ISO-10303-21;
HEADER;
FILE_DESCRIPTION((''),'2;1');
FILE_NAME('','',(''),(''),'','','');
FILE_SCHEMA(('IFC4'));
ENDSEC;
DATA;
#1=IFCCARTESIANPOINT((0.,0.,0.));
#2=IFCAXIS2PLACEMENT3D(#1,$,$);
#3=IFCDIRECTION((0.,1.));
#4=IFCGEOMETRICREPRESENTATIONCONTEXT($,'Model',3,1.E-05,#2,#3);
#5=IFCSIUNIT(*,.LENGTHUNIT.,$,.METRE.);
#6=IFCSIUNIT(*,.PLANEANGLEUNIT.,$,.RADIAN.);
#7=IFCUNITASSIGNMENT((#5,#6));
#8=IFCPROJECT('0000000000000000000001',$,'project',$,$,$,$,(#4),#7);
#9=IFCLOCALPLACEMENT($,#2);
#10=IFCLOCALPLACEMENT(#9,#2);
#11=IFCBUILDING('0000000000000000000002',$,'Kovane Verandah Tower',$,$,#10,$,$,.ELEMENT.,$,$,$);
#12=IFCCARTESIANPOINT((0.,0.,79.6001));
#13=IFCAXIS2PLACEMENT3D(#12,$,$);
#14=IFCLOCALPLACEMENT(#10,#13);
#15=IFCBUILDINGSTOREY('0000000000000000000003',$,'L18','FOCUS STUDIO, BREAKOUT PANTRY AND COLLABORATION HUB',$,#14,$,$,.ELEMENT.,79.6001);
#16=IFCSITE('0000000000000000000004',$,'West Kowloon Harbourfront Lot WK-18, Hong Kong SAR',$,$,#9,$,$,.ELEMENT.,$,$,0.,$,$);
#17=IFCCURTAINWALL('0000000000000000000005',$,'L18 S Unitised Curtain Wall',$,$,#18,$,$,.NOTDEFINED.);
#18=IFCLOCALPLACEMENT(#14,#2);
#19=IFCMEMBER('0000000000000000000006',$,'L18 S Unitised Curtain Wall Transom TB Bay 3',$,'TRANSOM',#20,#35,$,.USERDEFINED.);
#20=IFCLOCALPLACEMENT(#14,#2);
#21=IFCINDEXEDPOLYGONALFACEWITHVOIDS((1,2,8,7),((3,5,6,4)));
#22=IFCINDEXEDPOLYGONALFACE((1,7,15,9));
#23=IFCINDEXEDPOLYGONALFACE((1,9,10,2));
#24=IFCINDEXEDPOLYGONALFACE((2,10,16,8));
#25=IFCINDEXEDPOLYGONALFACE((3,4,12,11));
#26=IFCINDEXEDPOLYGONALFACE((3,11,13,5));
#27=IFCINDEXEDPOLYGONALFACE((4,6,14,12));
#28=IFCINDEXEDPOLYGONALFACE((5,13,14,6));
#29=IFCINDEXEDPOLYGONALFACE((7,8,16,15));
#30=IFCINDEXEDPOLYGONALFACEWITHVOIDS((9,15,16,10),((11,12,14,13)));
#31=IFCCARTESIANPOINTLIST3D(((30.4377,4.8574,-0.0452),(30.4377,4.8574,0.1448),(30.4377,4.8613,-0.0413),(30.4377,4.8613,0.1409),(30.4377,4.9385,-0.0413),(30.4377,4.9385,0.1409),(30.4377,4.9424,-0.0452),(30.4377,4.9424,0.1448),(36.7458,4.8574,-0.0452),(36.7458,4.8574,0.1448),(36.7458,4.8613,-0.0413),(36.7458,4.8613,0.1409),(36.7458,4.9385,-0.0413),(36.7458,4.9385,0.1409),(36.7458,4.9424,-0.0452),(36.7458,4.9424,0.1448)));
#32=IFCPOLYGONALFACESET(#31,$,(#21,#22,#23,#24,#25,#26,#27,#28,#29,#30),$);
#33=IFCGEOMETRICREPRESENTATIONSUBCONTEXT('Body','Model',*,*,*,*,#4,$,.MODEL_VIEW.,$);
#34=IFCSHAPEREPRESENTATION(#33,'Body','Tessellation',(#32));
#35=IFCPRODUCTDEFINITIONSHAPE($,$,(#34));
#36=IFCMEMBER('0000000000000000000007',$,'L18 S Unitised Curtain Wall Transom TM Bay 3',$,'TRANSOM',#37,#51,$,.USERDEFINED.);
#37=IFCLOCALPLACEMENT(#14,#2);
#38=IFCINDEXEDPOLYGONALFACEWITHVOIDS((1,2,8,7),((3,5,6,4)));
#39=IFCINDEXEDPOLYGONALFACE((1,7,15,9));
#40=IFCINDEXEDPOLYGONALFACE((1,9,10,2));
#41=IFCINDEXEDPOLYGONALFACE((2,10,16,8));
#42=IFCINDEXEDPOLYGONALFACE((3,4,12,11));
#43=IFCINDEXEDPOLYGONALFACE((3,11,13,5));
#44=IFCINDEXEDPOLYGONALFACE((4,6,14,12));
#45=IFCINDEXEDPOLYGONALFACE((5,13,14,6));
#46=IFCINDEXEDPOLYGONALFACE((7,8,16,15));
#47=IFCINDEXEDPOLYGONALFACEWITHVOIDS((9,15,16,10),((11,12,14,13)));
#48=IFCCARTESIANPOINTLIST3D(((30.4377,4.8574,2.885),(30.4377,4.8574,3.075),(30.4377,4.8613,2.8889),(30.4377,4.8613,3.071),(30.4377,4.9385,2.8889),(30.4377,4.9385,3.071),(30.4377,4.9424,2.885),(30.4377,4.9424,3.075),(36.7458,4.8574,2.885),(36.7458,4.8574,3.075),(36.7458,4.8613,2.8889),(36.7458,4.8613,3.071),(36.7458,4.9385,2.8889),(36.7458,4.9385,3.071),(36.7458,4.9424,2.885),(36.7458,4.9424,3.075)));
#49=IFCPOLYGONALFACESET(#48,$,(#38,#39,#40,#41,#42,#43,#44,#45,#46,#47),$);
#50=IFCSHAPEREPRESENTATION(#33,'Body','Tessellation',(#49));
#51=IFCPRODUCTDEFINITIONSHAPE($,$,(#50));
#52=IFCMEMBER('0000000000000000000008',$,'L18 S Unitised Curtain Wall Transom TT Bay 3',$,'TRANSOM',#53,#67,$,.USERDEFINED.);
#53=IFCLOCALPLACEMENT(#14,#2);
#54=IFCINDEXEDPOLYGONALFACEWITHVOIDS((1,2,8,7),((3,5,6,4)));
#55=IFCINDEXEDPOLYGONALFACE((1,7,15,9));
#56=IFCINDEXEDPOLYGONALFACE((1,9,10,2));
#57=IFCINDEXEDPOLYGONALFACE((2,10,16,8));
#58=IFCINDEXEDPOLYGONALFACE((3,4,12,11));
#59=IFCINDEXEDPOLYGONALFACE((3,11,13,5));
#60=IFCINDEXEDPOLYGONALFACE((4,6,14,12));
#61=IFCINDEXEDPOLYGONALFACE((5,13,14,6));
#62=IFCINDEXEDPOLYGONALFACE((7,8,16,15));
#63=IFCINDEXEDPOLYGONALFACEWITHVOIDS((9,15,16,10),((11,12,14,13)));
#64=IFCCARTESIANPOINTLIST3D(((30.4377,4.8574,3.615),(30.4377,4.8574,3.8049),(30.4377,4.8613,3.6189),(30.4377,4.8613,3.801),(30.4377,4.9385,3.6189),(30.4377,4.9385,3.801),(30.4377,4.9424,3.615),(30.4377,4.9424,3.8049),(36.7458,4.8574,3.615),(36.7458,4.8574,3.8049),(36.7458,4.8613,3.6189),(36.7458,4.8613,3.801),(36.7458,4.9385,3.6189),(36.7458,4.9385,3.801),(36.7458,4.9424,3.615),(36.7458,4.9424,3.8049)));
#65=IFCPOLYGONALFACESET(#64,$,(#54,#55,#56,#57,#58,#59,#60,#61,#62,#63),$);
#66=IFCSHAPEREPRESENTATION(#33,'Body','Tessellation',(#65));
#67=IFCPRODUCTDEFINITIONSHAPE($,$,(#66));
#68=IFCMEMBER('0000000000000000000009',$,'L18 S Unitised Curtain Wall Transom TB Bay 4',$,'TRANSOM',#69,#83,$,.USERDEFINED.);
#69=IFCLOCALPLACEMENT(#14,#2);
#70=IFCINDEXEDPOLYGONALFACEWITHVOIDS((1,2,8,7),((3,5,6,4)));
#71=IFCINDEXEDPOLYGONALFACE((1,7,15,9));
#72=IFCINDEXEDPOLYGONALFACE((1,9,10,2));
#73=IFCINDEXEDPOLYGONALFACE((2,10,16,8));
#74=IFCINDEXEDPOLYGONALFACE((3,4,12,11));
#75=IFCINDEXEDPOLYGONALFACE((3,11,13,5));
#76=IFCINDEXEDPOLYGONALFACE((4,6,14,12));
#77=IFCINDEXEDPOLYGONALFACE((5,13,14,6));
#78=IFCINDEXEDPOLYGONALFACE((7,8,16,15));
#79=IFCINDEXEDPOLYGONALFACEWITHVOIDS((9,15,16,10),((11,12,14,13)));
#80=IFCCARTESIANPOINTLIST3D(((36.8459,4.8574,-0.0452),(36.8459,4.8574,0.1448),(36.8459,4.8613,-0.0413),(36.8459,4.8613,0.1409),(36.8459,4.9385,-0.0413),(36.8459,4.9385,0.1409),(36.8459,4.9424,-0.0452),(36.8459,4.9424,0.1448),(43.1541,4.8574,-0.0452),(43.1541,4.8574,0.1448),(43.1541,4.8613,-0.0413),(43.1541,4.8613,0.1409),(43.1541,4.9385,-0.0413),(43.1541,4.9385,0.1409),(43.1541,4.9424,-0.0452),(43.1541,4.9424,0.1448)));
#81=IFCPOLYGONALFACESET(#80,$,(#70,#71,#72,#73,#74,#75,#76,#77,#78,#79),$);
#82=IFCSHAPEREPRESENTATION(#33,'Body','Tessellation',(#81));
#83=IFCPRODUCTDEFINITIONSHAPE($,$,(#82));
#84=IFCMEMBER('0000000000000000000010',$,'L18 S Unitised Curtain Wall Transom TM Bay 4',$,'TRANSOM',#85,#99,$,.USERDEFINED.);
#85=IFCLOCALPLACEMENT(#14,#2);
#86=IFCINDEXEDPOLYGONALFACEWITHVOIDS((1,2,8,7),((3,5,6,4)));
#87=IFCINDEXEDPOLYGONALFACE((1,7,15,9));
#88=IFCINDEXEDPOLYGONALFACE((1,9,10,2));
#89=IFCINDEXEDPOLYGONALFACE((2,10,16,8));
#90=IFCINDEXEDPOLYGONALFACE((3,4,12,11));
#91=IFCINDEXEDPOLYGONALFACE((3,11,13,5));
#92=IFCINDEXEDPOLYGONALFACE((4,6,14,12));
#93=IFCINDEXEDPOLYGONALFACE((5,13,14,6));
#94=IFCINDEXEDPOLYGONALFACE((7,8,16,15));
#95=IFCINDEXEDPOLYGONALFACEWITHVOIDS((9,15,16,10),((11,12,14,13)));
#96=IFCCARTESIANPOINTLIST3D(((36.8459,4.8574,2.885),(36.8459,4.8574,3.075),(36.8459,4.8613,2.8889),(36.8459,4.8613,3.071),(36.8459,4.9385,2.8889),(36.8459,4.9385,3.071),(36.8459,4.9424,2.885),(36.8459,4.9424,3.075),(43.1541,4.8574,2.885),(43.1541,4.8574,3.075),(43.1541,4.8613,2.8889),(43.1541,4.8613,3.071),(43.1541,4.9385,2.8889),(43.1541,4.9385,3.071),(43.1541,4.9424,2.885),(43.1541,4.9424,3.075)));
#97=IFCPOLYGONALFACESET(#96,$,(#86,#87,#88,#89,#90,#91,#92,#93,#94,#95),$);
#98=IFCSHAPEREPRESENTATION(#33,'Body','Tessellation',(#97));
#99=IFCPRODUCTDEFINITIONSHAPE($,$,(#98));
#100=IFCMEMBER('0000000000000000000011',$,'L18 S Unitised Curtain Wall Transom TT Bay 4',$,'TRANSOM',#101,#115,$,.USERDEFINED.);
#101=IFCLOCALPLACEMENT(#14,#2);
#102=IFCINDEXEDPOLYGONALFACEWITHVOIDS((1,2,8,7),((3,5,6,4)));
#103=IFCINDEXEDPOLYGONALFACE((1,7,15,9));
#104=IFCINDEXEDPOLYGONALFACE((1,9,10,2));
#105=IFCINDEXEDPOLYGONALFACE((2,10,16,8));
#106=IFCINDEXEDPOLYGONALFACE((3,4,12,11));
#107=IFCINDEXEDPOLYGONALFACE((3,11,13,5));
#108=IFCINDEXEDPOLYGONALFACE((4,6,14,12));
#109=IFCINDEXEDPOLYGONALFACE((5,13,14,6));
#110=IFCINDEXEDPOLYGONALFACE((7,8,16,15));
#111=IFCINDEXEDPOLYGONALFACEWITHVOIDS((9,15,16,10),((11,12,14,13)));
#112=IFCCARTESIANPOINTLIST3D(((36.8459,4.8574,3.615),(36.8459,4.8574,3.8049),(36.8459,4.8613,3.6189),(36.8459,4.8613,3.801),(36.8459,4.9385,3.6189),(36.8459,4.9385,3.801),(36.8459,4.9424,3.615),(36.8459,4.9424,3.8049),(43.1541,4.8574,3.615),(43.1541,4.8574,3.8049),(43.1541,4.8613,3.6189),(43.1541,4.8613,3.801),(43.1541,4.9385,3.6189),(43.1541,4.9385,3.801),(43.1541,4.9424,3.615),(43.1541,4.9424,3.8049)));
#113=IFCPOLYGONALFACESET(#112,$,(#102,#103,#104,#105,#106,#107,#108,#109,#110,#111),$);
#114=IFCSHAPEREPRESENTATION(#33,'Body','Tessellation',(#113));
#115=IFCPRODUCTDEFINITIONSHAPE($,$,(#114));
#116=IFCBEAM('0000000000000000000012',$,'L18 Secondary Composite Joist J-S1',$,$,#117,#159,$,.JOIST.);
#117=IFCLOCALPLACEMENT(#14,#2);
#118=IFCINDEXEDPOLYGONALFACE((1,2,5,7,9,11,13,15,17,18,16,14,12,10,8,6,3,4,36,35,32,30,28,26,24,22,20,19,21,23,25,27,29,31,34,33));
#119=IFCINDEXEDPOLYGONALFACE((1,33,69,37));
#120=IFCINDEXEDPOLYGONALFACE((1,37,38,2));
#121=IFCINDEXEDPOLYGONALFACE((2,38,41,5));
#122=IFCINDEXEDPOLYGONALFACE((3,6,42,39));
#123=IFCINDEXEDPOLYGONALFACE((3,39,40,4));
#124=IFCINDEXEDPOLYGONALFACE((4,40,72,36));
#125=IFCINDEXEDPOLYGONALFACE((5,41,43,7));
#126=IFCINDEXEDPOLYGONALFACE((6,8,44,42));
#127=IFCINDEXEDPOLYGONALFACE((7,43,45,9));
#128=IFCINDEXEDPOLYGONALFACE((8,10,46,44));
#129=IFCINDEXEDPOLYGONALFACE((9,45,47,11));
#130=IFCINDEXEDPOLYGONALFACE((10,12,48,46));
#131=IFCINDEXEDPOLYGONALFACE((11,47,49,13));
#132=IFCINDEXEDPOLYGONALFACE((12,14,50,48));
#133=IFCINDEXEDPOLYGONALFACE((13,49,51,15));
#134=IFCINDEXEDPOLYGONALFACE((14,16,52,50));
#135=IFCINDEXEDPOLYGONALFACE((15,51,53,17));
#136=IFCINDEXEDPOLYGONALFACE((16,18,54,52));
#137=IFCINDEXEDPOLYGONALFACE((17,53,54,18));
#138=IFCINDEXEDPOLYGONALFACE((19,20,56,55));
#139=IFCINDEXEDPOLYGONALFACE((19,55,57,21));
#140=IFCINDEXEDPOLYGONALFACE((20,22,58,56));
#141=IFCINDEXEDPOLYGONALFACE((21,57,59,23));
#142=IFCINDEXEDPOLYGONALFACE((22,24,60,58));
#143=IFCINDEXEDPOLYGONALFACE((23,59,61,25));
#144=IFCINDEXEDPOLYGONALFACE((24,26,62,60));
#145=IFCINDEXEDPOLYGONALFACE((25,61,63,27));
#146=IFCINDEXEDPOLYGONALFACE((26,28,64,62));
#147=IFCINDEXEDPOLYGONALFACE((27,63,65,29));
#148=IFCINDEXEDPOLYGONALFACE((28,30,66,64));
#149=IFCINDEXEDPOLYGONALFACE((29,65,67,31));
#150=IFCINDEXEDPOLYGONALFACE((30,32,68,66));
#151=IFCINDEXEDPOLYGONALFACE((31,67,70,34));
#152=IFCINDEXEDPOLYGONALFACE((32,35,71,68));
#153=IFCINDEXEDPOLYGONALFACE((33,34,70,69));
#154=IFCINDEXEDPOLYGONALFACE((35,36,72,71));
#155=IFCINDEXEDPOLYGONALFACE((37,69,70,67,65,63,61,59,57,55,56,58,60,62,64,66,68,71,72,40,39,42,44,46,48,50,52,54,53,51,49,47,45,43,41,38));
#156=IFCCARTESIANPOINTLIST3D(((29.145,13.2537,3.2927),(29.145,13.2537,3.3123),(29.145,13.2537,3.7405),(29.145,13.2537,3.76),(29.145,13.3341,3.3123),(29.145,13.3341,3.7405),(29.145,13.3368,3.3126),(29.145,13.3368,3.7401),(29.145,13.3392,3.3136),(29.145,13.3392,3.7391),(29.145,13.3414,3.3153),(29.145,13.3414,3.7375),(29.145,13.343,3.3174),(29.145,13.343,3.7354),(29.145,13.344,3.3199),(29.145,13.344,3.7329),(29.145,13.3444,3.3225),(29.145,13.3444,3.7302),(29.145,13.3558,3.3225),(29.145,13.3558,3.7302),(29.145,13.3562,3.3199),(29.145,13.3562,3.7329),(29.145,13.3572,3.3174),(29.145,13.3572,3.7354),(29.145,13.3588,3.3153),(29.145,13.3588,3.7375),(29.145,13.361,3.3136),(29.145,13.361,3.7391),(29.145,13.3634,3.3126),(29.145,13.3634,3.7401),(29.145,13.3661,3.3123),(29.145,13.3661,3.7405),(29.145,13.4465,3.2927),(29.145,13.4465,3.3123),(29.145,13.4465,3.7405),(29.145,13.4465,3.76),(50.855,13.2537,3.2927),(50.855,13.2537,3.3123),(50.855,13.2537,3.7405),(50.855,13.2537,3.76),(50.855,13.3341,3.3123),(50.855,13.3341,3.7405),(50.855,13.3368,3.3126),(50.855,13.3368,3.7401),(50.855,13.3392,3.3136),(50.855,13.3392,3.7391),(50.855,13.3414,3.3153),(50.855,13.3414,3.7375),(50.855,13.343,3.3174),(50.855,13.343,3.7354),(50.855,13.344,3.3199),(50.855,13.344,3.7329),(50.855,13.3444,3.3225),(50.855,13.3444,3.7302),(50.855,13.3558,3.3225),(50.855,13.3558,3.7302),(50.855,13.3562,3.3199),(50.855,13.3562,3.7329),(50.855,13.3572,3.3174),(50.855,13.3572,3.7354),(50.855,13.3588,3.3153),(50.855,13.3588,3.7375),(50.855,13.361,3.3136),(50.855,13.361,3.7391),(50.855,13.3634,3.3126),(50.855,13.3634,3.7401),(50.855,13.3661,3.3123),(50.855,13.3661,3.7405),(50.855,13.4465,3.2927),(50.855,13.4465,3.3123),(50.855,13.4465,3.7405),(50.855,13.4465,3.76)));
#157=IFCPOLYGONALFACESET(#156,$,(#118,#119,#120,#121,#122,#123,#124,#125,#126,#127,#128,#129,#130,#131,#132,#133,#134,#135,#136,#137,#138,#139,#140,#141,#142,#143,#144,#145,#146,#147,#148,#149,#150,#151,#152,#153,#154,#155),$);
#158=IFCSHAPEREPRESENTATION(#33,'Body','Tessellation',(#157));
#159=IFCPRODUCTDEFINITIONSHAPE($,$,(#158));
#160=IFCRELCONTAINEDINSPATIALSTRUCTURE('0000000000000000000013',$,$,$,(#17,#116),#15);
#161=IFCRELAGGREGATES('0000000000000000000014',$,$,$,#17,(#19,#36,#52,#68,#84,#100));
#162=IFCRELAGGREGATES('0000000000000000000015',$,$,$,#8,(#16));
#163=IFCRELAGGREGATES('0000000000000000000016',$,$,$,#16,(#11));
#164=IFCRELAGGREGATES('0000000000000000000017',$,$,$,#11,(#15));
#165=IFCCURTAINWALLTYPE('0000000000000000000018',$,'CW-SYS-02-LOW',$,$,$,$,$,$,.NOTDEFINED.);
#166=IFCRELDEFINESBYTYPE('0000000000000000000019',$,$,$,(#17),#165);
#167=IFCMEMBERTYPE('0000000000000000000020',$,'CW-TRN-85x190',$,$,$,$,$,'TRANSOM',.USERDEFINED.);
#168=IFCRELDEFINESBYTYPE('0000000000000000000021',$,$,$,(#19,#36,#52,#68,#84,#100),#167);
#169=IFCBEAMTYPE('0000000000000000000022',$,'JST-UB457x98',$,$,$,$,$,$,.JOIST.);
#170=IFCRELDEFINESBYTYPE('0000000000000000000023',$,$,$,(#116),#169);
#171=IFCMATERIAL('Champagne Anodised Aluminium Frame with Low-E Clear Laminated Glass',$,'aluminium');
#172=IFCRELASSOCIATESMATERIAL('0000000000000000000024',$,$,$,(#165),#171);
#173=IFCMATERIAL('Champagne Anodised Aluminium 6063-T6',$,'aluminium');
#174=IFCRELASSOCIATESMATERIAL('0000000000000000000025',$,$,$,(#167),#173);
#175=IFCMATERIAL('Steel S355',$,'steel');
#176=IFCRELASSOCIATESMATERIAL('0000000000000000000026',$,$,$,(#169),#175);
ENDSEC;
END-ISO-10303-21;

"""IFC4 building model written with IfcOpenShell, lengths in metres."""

from ifc_helpers import new_model, si_unit, direction, frame, origin, origin_2d, place, context, subcontext, project, spatial, hollow_rectangle, i_section, extrude, material, material_profile, profile_set, type_object, element, aggregate, save


model = new_model("IFC4")

# Units and contexts
model_context = context("Model", 3, precision=1e-05, world=origin(), true_north=direction((0.0, 1.0)))
body_context = subcontext(model_context, "Body", "Model", "MODEL_VIEW")
ifc_project = project(units=[si_unit("LENGTHUNIT", "METRE"), si_unit("PLANEANGLEUNIT", "RADIAN")], contexts=[model_context])

# Site, building, storey
site_placement = place(None, origin())
site = spatial("IfcSite", under=ifc_project, at=site_placement, Name="West Kowloon Harbourfront Lot WK-18, Hong Kong SAR", CompositionType="ELEMENT", RefElevation=0.0)
building_placement = place(site_placement, origin())
building = spatial("IfcBuilding", under=site, at=building_placement, Name="Kovane Verandah Tower", CompositionType="ELEMENT")
storey_placement = place(building_placement, frame((0.0, 0.0, 79.6001)))
storey = spatial("IfcBuildingStorey", under=building, at=storey_placement, Name="L18", Description="FOCUS STUDIO, BREAKOUT PANTRY AND COLLABORATION HUB", CompositionType="ELEMENT", Elevation=79.6001)

# Shared definitions
ifc_material_1 = material(Name="Steel S355", Category="steel")

# Curtain wall, members
ifc_material_2 = material(Name="Champagne Anodised Aluminium Frame with Low-E Clear Laminated Glass", Category="aluminium")
curtain_wall_type = type_object("IfcCurtainWallType", Name="CW-SYS-02-LOW", PredefinedType="NOTDEFINED", material=ifc_material_2)
curtain_wall_placement = place(storey_placement, origin())
curtain_wall = element("IfcCurtainWall", 1, at=curtain_wall_placement, inside=storey, type_object=curtain_wall_type, Name="L18 S Unitised Curtain Wall", PredefinedType="NOTDEFINED")
ifc_material_3 = material(Name="Champagne Anodised Aluminium 6063-T6", Category="aluminium")
ifc_material_profile_1 = material_profile(ifc_material_3, hollow_rectangle(XDim=0.085, YDim=0.1899, WallThickness=0.0039, at=origin_2d()), Name="AL85x190x4")
ifc_profile_set_1 = profile_set([ifc_material_profile_1], Name="Champagne Anodised Aluminium 6063-T6")
member_type_1 = type_object("IfcMemberType", Name="CW-TRN-85x190", ElementType="TRANSOM", PredefinedType="USERDEFINED", material=ifc_profile_set_1)
member_1_placement = place(storey_placement, frame((30.4377, 4.8999, 0.0498), z_axis=(1.0, 0.0, 0.0), x_axis=(0.0, 1.0, 0.0)))
member_1 = element("IfcMember", 2, at=member_1_placement, type_object=member_type_1, Name="L18 S Unitised Curtain Wall Transom TB Bay 3", ObjectType="TRANSOM", PredefinedType="USERDEFINED", context=body_context, shape_type="SweptSolid", body=[
    extrude(hollow_rectangle(XDim=0.085, YDim=0.1899, WallThickness=0.0039, at=origin_2d()), origin(), (0.0, 0.0, 1.0), 6.3081),
])
member_2_placement = place(storey_placement, frame((30.4377, 4.8999, 2.98), z_axis=(1.0, 0.0, 0.0), x_axis=(0.0, 1.0, 0.0)))
member_2 = element("IfcMember", 3, at=member_2_placement, type_object=member_type_1, Name="L18 S Unitised Curtain Wall Transom TM Bay 3", ObjectType="TRANSOM", PredefinedType="USERDEFINED", context=body_context, shape_type="SweptSolid", body=[
    extrude(hollow_rectangle(XDim=0.085, YDim=0.1899, WallThickness=0.0039, at=origin_2d()), origin(), (0.0, 0.0, 1.0), 6.3081),
])
member_3_placement = place(storey_placement, frame((30.4377, 4.8999, 3.71), z_axis=(1.0, 0.0, 0.0), x_axis=(0.0, 1.0, 0.0)))
member_3 = element("IfcMember", 4, at=member_3_placement, type_object=member_type_1, Name="L18 S Unitised Curtain Wall Transom TT Bay 3", ObjectType="TRANSOM", PredefinedType="USERDEFINED", context=body_context, shape_type="SweptSolid", body=[
    extrude(hollow_rectangle(XDim=0.085, YDim=0.1899, WallThickness=0.0039, at=origin_2d()), origin(), (0.0, 0.0, 1.0), 6.3081),
])
member_4_placement = place(storey_placement, frame((36.8459, 4.8999, 0.0498), z_axis=(1.0, 0.0, 0.0), x_axis=(0.0, 1.0, 0.0)))
member_4 = element("IfcMember", 5, at=member_4_placement, type_object=member_type_1, Name="L18 S Unitised Curtain Wall Transom TB Bay 4", ObjectType="TRANSOM", PredefinedType="USERDEFINED", context=body_context, shape_type="SweptSolid", body=[
    extrude(hollow_rectangle(XDim=0.085, YDim=0.1899, WallThickness=0.0039, at=origin_2d()), origin(), (0.0, 0.0, 1.0), 6.3081),
])
member_5_placement = place(storey_placement, frame((36.8459, 4.8999, 2.98), z_axis=(1.0, 0.0, 0.0), x_axis=(0.0, 1.0, 0.0)))
member_5 = element("IfcMember", 6, at=member_5_placement, type_object=member_type_1, Name="L18 S Unitised Curtain Wall Transom TM Bay 4", ObjectType="TRANSOM", PredefinedType="USERDEFINED", context=body_context, shape_type="SweptSolid", body=[
    extrude(hollow_rectangle(XDim=0.085, YDim=0.1899, WallThickness=0.0039, at=origin_2d()), origin(), (0.0, 0.0, 1.0), 6.3081),
])
member_6_placement = place(storey_placement, frame((36.8459, 4.8999, 3.71), z_axis=(1.0, 0.0, 0.0), x_axis=(0.0, 1.0, 0.0)))
member_6 = element("IfcMember", 7, at=member_6_placement, type_object=member_type_1, Name="L18 S Unitised Curtain Wall Transom TT Bay 4", ObjectType="TRANSOM", PredefinedType="USERDEFINED", context=body_context, shape_type="SweptSolid", body=[
    extrude(hollow_rectangle(XDim=0.085, YDim=0.1899, WallThickness=0.0039, at=origin_2d()), origin(), (0.0, 0.0, 1.0), 6.3081),
])

# Beam
ifc_material_profile_2 = material_profile(ifc_material_1, i_section(OverallWidth=0.1929, OverallDepth=0.4673, WebThickness=0.0115, FlangeThickness=0.0195, FilletRadius=0.0103, at=origin_2d()), Name="UB457x191x98")
ifc_profile_set_2 = profile_set([ifc_material_profile_2], Name="Steel S355")
beam_type_1 = type_object("IfcBeamType", Name="JST-UB457x98", PredefinedType="JOIST", material=ifc_profile_set_2)
for number, where, z_axis, x_axis, name in (
    (8, (29.145, 13.3501, 3.5264), (1.0, 0.0, 0.0), (0.0, 1.0, 0.0), "L18 Secondary Composite Joist J-S1"),
):
    element("IfcBeam", number, at=place(storey_placement, frame(where, z_axis=z_axis, x_axis=x_axis)), inside=storey, type_object=beam_type_1, Name=name, PredefinedType="JOIST", context=body_context, shape_type="SweptSolid", body=[
        extrude(i_section(OverallWidth=0.1929, OverallDepth=0.4673, WebThickness=0.0115, FlangeThickness=0.0195, FilletRadius=0.0103, at=origin_2d()), origin(), (0.0, 0.0, 1.0), 21.71),
    ])

aggregate(curtain_wall, [member_1, member_2, member_3, member_4, member_5, member_6])

save(model, "model.ifc")
